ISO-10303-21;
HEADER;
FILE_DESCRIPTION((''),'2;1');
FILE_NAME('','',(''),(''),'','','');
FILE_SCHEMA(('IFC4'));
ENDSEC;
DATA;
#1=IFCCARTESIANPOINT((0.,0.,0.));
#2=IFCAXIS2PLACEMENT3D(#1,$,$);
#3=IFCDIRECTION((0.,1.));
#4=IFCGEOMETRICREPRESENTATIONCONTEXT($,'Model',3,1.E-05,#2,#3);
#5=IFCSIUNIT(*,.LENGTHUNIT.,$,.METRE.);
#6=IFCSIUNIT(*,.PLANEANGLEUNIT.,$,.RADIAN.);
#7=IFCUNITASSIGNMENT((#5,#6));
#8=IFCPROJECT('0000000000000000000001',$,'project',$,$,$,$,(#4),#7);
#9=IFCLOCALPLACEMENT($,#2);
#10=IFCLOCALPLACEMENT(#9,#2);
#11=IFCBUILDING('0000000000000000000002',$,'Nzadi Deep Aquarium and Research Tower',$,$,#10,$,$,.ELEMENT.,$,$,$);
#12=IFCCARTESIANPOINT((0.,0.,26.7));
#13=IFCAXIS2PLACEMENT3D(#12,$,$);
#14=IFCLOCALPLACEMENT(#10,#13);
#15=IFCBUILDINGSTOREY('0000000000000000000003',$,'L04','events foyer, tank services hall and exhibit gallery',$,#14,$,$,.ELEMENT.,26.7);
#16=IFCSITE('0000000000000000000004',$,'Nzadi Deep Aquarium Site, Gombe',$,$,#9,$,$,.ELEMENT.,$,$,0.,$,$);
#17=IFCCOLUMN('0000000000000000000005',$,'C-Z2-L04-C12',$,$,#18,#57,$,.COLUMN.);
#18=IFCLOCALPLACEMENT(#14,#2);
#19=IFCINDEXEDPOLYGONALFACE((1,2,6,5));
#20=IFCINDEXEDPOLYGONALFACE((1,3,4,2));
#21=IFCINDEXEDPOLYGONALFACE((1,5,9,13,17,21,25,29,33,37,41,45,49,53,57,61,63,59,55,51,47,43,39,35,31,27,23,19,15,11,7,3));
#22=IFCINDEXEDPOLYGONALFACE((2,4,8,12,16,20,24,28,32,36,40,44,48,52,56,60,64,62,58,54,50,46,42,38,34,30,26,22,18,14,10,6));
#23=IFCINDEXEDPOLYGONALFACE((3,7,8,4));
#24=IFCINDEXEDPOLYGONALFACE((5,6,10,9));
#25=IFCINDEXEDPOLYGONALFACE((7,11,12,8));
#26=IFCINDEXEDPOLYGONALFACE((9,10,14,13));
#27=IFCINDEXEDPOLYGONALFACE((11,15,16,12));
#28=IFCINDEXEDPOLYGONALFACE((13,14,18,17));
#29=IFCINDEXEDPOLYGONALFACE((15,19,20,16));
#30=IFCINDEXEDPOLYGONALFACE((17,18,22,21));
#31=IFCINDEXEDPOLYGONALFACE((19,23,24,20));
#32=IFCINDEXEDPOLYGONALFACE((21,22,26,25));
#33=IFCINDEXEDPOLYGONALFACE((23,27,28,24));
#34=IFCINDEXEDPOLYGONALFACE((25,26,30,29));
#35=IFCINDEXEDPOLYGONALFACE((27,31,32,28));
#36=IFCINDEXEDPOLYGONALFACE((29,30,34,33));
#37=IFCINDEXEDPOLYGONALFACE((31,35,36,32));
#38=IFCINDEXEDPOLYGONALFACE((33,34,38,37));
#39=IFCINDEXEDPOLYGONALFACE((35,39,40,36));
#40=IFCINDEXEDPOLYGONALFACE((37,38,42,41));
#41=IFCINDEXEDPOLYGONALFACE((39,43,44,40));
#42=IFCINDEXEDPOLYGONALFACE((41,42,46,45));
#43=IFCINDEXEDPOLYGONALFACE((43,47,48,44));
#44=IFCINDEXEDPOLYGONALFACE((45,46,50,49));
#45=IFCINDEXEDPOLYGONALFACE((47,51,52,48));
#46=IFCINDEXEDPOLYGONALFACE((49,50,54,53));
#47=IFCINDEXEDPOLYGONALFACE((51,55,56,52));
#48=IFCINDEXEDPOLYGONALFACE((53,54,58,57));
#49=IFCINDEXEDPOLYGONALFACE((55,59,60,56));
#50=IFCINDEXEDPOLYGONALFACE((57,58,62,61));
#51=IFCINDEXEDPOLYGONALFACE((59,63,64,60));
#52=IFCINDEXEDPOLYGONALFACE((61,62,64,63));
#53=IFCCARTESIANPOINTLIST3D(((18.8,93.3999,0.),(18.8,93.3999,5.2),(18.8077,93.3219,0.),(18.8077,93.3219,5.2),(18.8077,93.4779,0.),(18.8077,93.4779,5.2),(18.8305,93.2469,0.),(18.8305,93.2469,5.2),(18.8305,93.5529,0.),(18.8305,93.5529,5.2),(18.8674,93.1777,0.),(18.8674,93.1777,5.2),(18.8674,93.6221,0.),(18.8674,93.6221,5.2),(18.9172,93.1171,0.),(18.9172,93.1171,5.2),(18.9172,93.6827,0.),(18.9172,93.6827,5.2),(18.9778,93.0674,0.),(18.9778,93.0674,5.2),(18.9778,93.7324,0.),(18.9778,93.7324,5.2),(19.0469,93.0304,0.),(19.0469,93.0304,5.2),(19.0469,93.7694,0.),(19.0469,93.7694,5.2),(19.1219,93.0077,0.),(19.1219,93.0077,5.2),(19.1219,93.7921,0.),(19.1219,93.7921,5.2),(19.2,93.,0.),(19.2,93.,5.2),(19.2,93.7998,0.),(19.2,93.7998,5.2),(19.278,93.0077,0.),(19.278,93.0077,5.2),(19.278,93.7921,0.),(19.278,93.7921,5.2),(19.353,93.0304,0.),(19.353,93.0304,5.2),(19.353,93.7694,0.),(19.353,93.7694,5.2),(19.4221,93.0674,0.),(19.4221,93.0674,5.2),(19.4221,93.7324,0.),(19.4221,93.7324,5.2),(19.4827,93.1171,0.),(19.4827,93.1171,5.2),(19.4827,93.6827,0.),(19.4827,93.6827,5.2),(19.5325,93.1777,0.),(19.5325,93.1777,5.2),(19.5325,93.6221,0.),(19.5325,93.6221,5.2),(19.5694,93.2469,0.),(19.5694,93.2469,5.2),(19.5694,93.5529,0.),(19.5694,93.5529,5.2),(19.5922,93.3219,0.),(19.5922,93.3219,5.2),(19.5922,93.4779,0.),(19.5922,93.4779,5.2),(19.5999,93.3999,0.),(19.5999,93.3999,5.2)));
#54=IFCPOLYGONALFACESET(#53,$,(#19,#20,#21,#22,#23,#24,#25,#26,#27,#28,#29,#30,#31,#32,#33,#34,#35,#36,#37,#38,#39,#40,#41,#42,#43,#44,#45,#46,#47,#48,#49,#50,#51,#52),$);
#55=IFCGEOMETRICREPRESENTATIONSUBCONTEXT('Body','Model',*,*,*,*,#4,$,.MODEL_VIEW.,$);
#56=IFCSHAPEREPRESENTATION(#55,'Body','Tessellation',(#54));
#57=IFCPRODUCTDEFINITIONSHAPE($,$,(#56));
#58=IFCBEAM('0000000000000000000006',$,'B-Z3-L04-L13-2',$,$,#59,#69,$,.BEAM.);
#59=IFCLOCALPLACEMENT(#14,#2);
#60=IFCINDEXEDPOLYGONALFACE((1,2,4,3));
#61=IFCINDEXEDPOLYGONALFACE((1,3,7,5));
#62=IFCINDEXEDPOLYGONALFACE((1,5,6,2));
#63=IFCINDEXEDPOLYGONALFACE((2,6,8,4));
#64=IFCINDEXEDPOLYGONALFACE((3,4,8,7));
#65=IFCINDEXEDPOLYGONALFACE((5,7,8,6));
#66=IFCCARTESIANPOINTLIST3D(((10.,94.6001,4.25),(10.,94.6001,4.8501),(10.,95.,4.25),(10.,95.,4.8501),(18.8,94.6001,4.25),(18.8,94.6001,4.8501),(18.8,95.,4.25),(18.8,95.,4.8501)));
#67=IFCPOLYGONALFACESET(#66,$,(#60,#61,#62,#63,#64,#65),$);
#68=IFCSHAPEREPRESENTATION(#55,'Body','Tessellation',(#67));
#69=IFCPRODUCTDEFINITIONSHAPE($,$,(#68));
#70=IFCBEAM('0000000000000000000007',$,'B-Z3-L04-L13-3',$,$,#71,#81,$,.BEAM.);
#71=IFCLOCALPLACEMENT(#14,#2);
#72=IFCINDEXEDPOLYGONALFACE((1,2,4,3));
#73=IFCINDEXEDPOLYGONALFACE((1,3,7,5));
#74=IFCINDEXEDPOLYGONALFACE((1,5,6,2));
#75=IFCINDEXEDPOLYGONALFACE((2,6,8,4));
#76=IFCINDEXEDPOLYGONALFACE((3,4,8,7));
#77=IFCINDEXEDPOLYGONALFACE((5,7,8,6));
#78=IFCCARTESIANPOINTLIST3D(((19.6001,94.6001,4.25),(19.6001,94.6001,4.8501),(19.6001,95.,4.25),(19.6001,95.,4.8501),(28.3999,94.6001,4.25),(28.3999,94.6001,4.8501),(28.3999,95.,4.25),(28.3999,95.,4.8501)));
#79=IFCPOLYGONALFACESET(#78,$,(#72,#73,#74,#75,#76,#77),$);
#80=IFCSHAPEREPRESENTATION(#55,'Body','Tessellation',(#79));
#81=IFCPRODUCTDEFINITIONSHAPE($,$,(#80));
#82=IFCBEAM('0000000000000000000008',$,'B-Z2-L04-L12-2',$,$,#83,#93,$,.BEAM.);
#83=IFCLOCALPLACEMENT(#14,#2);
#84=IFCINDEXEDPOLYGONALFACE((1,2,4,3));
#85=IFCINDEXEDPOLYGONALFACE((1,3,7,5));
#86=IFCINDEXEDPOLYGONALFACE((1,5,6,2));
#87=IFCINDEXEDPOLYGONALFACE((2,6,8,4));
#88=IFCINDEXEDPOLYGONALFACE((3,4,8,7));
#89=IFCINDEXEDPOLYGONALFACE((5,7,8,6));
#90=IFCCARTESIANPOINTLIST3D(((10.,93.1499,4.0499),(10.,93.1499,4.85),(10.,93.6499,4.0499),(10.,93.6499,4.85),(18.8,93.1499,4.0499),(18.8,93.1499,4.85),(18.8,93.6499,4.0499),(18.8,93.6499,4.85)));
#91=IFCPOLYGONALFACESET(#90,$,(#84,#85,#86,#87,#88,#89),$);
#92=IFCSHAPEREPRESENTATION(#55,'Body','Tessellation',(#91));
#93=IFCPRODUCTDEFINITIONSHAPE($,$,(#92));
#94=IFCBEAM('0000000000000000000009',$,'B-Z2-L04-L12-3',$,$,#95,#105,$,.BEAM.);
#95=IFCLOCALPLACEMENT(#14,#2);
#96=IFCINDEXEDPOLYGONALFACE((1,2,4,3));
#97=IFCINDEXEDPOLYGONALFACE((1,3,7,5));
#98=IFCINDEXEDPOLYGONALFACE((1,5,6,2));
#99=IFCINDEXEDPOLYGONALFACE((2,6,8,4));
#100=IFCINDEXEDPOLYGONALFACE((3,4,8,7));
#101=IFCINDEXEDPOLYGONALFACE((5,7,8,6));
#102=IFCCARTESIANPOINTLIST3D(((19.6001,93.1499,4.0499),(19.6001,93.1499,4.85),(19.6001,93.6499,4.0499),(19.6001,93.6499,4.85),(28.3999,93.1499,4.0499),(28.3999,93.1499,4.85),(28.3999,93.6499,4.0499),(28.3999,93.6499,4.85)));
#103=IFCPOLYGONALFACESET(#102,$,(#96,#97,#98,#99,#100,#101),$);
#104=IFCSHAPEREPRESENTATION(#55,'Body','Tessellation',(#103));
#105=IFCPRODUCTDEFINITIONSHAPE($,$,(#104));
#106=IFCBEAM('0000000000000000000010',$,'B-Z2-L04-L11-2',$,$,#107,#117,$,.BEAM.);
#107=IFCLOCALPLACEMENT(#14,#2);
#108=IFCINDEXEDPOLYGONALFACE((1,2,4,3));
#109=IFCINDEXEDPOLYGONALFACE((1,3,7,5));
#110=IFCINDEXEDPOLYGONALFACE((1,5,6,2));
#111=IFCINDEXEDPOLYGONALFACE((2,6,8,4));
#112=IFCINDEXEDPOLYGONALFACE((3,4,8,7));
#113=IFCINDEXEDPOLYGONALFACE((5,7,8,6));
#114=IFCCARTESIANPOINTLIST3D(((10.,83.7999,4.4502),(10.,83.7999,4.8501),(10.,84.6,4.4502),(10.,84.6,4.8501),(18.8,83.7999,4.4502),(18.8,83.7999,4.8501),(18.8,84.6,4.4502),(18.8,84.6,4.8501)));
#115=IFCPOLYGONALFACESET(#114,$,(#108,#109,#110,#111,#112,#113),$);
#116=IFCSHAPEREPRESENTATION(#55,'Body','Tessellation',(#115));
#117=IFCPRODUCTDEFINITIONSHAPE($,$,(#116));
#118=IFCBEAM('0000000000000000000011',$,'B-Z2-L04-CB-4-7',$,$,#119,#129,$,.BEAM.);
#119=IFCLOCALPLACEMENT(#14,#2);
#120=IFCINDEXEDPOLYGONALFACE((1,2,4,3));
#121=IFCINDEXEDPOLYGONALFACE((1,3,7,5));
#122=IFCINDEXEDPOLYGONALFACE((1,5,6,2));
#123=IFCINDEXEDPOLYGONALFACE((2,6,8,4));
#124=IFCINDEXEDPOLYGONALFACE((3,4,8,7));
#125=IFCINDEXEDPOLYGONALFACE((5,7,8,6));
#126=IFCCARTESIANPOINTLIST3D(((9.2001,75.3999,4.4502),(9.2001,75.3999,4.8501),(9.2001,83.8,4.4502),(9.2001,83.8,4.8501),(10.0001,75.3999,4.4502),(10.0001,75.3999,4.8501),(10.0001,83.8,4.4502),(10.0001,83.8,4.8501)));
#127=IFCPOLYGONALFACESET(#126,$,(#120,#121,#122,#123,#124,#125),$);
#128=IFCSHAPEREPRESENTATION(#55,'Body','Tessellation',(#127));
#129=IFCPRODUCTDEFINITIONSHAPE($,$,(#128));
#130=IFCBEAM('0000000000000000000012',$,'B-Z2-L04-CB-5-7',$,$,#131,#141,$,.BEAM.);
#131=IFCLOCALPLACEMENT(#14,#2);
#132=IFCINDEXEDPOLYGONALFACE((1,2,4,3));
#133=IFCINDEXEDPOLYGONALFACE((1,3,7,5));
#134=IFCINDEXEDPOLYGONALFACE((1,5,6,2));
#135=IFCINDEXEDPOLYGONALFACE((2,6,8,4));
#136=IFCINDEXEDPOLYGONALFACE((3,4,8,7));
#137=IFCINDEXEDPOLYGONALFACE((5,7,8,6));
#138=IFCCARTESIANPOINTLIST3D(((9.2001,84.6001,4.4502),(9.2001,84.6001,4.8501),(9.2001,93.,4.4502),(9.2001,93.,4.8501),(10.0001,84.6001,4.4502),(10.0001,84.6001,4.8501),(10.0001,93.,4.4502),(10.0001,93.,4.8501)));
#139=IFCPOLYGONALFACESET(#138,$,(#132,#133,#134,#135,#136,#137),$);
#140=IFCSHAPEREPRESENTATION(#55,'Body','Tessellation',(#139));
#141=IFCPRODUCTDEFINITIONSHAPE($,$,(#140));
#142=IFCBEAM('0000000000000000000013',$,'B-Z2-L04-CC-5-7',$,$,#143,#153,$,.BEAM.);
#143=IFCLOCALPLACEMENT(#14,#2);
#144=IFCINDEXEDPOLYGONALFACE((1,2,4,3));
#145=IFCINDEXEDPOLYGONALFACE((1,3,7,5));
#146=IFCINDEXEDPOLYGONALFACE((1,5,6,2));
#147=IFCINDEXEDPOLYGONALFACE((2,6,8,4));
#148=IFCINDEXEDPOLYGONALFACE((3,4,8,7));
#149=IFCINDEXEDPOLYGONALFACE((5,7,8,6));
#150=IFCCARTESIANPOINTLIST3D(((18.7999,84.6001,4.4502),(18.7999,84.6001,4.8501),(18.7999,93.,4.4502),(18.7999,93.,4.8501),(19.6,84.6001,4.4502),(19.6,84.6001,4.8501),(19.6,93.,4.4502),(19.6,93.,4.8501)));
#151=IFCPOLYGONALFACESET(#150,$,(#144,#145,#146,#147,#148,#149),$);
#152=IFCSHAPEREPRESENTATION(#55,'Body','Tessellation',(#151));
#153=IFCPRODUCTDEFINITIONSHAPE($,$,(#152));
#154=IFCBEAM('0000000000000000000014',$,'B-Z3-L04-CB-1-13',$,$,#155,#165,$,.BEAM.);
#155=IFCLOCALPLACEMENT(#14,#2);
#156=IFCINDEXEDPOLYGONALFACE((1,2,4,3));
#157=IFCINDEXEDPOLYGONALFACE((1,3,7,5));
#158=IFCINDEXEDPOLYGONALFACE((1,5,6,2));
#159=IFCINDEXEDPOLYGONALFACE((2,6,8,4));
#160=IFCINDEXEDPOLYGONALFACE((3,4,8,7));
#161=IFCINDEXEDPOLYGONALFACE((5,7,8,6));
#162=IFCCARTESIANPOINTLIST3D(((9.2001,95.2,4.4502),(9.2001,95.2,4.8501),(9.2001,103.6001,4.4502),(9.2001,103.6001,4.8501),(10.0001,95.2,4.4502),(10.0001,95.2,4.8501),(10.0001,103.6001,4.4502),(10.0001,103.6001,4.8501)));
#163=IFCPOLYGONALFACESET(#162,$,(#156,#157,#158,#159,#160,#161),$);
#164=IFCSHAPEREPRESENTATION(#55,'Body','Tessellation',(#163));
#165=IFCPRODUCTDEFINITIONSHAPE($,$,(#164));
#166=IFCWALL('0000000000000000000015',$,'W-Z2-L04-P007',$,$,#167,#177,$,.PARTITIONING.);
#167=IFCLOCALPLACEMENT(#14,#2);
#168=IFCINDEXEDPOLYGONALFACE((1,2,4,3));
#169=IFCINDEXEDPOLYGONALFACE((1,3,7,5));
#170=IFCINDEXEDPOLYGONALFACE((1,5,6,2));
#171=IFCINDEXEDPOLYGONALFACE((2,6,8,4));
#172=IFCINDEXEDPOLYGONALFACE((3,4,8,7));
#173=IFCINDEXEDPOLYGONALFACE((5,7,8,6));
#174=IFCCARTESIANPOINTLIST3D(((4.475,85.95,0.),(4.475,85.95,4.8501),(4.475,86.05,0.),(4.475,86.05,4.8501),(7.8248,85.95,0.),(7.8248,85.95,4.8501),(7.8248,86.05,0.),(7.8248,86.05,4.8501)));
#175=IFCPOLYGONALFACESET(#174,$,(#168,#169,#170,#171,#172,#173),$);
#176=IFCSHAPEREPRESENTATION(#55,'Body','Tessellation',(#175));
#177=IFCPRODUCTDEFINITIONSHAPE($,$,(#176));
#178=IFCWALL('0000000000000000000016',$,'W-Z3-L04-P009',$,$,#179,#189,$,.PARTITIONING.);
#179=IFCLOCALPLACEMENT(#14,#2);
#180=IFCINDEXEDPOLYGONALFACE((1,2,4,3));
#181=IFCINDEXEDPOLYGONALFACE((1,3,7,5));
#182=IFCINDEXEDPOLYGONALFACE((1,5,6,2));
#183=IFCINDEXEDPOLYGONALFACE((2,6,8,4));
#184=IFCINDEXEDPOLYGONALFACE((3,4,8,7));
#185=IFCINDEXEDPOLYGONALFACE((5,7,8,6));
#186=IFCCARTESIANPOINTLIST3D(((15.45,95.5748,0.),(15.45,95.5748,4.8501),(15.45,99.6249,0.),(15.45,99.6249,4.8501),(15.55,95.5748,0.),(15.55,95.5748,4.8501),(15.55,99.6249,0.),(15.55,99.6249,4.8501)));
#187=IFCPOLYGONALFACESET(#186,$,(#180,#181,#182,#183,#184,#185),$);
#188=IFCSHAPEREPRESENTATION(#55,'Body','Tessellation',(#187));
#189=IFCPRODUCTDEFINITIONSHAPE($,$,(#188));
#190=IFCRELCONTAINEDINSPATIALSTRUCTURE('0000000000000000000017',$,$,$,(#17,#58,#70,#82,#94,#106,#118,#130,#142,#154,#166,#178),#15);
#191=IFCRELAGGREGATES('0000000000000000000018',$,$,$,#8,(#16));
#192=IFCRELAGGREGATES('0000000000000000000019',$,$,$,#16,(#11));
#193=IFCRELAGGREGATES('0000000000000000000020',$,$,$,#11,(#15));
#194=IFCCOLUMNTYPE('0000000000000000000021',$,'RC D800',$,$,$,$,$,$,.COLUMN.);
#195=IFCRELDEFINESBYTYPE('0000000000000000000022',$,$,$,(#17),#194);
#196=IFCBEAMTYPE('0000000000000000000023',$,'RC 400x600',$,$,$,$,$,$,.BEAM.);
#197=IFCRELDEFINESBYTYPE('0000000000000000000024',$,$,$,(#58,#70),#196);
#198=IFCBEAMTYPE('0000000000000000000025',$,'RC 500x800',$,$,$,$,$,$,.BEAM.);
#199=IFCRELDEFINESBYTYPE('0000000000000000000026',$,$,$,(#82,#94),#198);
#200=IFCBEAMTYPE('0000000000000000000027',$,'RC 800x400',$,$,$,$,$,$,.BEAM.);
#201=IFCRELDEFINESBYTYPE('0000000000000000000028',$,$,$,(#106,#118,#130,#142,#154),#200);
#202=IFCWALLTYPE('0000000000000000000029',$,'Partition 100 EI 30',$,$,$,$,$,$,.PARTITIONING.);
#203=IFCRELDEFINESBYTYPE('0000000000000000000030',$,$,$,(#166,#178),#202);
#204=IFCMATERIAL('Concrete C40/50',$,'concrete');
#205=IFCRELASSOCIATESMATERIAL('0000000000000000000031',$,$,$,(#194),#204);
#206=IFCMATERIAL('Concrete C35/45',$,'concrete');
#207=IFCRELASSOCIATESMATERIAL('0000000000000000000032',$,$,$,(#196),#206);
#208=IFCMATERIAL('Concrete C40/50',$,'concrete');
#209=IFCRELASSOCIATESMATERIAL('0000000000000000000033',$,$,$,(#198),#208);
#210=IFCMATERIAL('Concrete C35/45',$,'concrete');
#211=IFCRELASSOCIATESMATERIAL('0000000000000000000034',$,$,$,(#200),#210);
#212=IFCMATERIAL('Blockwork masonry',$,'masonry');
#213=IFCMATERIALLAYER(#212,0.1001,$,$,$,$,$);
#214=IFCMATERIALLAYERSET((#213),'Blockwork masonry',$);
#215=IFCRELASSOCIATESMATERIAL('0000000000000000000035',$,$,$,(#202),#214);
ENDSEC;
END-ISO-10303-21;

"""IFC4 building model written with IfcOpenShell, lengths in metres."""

from ifc_helpers import new_model, si_unit, direction, frame, frame_2d, origin, origin_2d, place, context, subcontext, project, spatial, rectangle, circle, extrude, material, layer, layer_set, material_profile, profile_set, type_object, element, save


model = new_model("IFC4")

# Units and contexts
model_context = context("Model", 3, precision=1e-05, world=origin(), true_north=direction((0.0, 1.0)))
body_context = subcontext(model_context, "Body", "Model", "MODEL_VIEW")
ifc_project = project(units=[si_unit("LENGTHUNIT", "METRE"), si_unit("PLANEANGLEUNIT", "RADIAN")], contexts=[model_context])

# Site, building, storey
site_placement = place(None, origin())
site = spatial("IfcSite", under=ifc_project, at=site_placement, Name="Nzadi Deep Aquarium Site, Gombe", CompositionType="ELEMENT", RefElevation=0.0)
building_placement = place(site_placement, origin())
building = spatial("IfcBuilding", under=site, at=building_placement, Name="Nzadi Deep Aquarium and Research Tower", CompositionType="ELEMENT")
storey_placement = place(building_placement, frame((0.0, 0.0, 26.7)))
storey = spatial("IfcBuildingStorey", under=building, at=storey_placement, Name="L04", Description="events foyer, tank services hall and exhibit gallery", CompositionType="ELEMENT", Elevation=26.7)

# Column
ifc_material_1 = material(Name="Concrete C40/50", Category="concrete")
ifc_material_profile_1 = material_profile(ifc_material_1, circle(Radius=0.3999, at=origin_2d()))
ifc_profile_set_1 = profile_set([ifc_material_profile_1], Name="Concrete C40/50")
column_type_1 = type_object("IfcColumnType", Name="RC D800", PredefinedType="COLUMN", material=ifc_profile_set_1)
for number, where, z_axis, x_axis, name in (
    (1, (19.2, 93.3999, 0.0), (0.0, 0.0, 1.0), (1.0, 0.0, 0.0), "C-Z2-L04-C12"),
):
    element("IfcColumn", number, at=place(storey_placement, frame(where, z_axis=z_axis, x_axis=x_axis)), inside=storey, type_object=column_type_1, Name=name, PredefinedType="COLUMN", context=body_context, shape_type="SweptSolid", body=[
        extrude(circle(Radius=0.3999, at=origin_2d()), origin(), (0.0, 0.0, 1.0), 5.2),
    ])

# Beams
ifc_material_2 = material(Name="Concrete C35/45", Category="concrete")
ifc_material_profile_2 = material_profile(ifc_material_2, rectangle(XDim=0.3999, YDim=0.6001, at=origin_2d()))
ifc_profile_set_2 = profile_set([ifc_material_profile_2], Name="Concrete C35/45")
beam_type_1 = type_object("IfcBeamType", Name="RC 400x600", PredefinedType="BEAM", material=ifc_profile_set_2)
beam_1_placement = place(storey_placement, frame((10.0, 94.8, 4.55), z_axis=(1.0, 0.0, 0.0), x_axis=(0.0, 1.0, 0.0)))
element("IfcBeam", 2, at=beam_1_placement, inside=storey, type_object=beam_type_1, Name="B-Z3-L04-L13-2", PredefinedType="BEAM", context=body_context, shape_type="SweptSolid", body=[
    extrude(rectangle(XDim=0.3999, YDim=0.6001, at=origin_2d()), origin(), (0.0, 0.0, 1.0), 8.8),
])
beam_2_placement = place(storey_placement, frame((19.6001, 94.8, 4.55), z_axis=(1.0, 0.0, 0.0), x_axis=(0.0, 1.0, 0.0)))
element("IfcBeam", 3, at=beam_2_placement, inside=storey, type_object=beam_type_1, Name="B-Z3-L04-L13-3", PredefinedType="BEAM", context=body_context, shape_type="SweptSolid", body=[
    extrude(rectangle(XDim=0.3999, YDim=0.6001, at=origin_2d()), origin(), (0.0, 0.0, 1.0), 8.7998),
])
ifc_material_3 = material(Name="Concrete C40/50", Category="concrete")
ifc_material_profile_3 = material_profile(ifc_material_3, rectangle(XDim=0.5, YDim=0.8, at=origin_2d()))
ifc_profile_set_3 = profile_set([ifc_material_profile_3], Name="Concrete C40/50")
beam_type_2 = type_object("IfcBeamType", Name="RC 500x800", PredefinedType="BEAM", material=ifc_profile_set_3)
beam_3_placement = place(storey_placement, frame((10.0, 93.3999, 4.45), z_axis=(1.0, 0.0, 0.0), x_axis=(0.0, 1.0, 0.0)))
element("IfcBeam", 4, at=beam_3_placement, inside=storey, type_object=beam_type_2, Name="B-Z2-L04-L12-2", PredefinedType="BEAM", context=body_context, shape_type="SweptSolid", body=[
    extrude(rectangle(XDim=0.5, YDim=0.8, at=origin_2d()), origin(), (0.0, 0.0, 1.0), 8.8),
])
beam_4_placement = place(storey_placement, frame((19.6001, 93.3999, 4.45), z_axis=(1.0, 0.0, 0.0), x_axis=(0.0, 1.0, 0.0)))
element("IfcBeam", 5, at=beam_4_placement, inside=storey, type_object=beam_type_2, Name="B-Z2-L04-L12-3", PredefinedType="BEAM", context=body_context, shape_type="SweptSolid", body=[
    extrude(rectangle(XDim=0.5, YDim=0.8, at=origin_2d()), origin(), (0.0, 0.0, 1.0), 8.7998),
])
ifc_material_4 = material(Name="Concrete C35/45", Category="concrete")
ifc_material_profile_4 = material_profile(ifc_material_4, rectangle(XDim=0.8, YDim=0.3999, at=origin_2d()))
ifc_profile_set_4 = profile_set([ifc_material_profile_4], Name="Concrete C35/45")
beam_type_3 = type_object("IfcBeamType", Name="RC 800x400", PredefinedType="BEAM", material=ifc_profile_set_4)
beam_5_placement = place(storey_placement, frame((10.0, 84.2, 4.6501), z_axis=(1.0, 0.0, 0.0), x_axis=(0.0, 1.0, 0.0)))
element("IfcBeam", 6, at=beam_5_placement, inside=storey, type_object=beam_type_3, Name="B-Z2-L04-L11-2", PredefinedType="BEAM", context=body_context, shape_type="SweptSolid", body=[
    extrude(rectangle(XDim=0.8, YDim=0.3999, at=origin_2d()), origin(), (0.0, 0.0, 1.0), 8.8),
])
beam_6_placement = place(storey_placement, frame((9.6001, 75.3999, 4.6501), z_axis=(0.0, 1.0, 0.0), x_axis=(-1.0, 0.0, 0.0)))
element("IfcBeam", 7, at=beam_6_placement, inside=storey, type_object=beam_type_3, Name="B-Z2-L04-CB-4-7", PredefinedType="BEAM", context=body_context, shape_type="SweptSolid", body=[
    extrude(rectangle(XDim=0.8, YDim=0.3999, at=origin_2d()), origin(), (0.0, 0.0, 1.0), 8.4001),
])
for number, where, z_axis, x_axis, name in (
    (8, (9.6001, 84.6001, 4.6501), (0.0, 1.0, 0.0), (-1.0, 0.0, 0.0), "B-Z2-L04-CB-5-7"),
    (9, (19.2, 84.6001, 4.6501), (0.0, 1.0, 0.0), (-1.0, 0.0, 0.0), "B-Z2-L04-CC-5-7"),
):
    element("IfcBeam", number, at=place(storey_placement, frame(where, z_axis=z_axis, x_axis=x_axis)), inside=storey, type_object=beam_type_3, Name=name, PredefinedType="BEAM", context=body_context, shape_type="SweptSolid", body=[
        extrude(rectangle(XDim=0.8, YDim=0.3999, at=origin_2d()), origin(), (0.0, 0.0, 1.0), 8.3999),
    ])
beam_7_placement = place(storey_placement, frame((9.6001, 95.2, 4.6501), z_axis=(0.0, 1.0, 0.0), x_axis=(-1.0, 0.0, 0.0)))
element("IfcBeam", 10, at=beam_7_placement, inside=storey, type_object=beam_type_3, Name="B-Z3-L04-CB-1-13", PredefinedType="BEAM", context=body_context, shape_type="SweptSolid", body=[
    extrude(rectangle(XDim=0.8, YDim=0.3999, at=origin_2d()), origin(), (0.0, 0.0, 1.0), 8.4001),
])

# Walls
ifc_material_5 = material(Name="Blockwork masonry", Category="masonry")
ifc_layer_1 = layer(ifc_material_5, 0.1001)
ifc_layer_set_1 = layer_set([ifc_layer_1], Name="Blockwork masonry")
wall_type_1 = type_object("IfcWallType", Name="Partition 100 EI 30", PredefinedType="PARTITIONING", material=ifc_layer_set_1)
wall_1_placement = place(storey_placement, frame((4.4751, 86.0, 0.0), z_axis=(0.0, 0.0, 1.0), x_axis=(1.0, 0.0, 0.0)))
element("IfcWall", 11, at=wall_1_placement, inside=storey, type_object=wall_type_1, Name="W-Z2-L04-P007", PredefinedType="PARTITIONING", context=body_context, shape_type="SweptSolid", body=[
    extrude(rectangle(XDim=3.3499, YDim=0.1001, at=frame_2d((1.6748, 0.0))), origin(), (0.0, 0.0, 1.0), 4.8501),
])
wall_2_placement = place(storey_placement, frame((15.5, 95.575, 0.0), z_axis=(0.0, 0.0, 1.0), x_axis=(0.0, 1.0, 0.0)))
element("IfcWall", 12, at=wall_2_placement, inside=storey, type_object=wall_type_1, Name="W-Z3-L04-P009", PredefinedType="PARTITIONING", context=body_context, shape_type="SweptSolid", body=[
    extrude(rectangle(XDim=4.05, YDim=0.1001, at=frame_2d((2.0249, 0.0))), origin(), (0.0, 0.0, 1.0), 4.8501),
])

save(model, "model.ifc")
